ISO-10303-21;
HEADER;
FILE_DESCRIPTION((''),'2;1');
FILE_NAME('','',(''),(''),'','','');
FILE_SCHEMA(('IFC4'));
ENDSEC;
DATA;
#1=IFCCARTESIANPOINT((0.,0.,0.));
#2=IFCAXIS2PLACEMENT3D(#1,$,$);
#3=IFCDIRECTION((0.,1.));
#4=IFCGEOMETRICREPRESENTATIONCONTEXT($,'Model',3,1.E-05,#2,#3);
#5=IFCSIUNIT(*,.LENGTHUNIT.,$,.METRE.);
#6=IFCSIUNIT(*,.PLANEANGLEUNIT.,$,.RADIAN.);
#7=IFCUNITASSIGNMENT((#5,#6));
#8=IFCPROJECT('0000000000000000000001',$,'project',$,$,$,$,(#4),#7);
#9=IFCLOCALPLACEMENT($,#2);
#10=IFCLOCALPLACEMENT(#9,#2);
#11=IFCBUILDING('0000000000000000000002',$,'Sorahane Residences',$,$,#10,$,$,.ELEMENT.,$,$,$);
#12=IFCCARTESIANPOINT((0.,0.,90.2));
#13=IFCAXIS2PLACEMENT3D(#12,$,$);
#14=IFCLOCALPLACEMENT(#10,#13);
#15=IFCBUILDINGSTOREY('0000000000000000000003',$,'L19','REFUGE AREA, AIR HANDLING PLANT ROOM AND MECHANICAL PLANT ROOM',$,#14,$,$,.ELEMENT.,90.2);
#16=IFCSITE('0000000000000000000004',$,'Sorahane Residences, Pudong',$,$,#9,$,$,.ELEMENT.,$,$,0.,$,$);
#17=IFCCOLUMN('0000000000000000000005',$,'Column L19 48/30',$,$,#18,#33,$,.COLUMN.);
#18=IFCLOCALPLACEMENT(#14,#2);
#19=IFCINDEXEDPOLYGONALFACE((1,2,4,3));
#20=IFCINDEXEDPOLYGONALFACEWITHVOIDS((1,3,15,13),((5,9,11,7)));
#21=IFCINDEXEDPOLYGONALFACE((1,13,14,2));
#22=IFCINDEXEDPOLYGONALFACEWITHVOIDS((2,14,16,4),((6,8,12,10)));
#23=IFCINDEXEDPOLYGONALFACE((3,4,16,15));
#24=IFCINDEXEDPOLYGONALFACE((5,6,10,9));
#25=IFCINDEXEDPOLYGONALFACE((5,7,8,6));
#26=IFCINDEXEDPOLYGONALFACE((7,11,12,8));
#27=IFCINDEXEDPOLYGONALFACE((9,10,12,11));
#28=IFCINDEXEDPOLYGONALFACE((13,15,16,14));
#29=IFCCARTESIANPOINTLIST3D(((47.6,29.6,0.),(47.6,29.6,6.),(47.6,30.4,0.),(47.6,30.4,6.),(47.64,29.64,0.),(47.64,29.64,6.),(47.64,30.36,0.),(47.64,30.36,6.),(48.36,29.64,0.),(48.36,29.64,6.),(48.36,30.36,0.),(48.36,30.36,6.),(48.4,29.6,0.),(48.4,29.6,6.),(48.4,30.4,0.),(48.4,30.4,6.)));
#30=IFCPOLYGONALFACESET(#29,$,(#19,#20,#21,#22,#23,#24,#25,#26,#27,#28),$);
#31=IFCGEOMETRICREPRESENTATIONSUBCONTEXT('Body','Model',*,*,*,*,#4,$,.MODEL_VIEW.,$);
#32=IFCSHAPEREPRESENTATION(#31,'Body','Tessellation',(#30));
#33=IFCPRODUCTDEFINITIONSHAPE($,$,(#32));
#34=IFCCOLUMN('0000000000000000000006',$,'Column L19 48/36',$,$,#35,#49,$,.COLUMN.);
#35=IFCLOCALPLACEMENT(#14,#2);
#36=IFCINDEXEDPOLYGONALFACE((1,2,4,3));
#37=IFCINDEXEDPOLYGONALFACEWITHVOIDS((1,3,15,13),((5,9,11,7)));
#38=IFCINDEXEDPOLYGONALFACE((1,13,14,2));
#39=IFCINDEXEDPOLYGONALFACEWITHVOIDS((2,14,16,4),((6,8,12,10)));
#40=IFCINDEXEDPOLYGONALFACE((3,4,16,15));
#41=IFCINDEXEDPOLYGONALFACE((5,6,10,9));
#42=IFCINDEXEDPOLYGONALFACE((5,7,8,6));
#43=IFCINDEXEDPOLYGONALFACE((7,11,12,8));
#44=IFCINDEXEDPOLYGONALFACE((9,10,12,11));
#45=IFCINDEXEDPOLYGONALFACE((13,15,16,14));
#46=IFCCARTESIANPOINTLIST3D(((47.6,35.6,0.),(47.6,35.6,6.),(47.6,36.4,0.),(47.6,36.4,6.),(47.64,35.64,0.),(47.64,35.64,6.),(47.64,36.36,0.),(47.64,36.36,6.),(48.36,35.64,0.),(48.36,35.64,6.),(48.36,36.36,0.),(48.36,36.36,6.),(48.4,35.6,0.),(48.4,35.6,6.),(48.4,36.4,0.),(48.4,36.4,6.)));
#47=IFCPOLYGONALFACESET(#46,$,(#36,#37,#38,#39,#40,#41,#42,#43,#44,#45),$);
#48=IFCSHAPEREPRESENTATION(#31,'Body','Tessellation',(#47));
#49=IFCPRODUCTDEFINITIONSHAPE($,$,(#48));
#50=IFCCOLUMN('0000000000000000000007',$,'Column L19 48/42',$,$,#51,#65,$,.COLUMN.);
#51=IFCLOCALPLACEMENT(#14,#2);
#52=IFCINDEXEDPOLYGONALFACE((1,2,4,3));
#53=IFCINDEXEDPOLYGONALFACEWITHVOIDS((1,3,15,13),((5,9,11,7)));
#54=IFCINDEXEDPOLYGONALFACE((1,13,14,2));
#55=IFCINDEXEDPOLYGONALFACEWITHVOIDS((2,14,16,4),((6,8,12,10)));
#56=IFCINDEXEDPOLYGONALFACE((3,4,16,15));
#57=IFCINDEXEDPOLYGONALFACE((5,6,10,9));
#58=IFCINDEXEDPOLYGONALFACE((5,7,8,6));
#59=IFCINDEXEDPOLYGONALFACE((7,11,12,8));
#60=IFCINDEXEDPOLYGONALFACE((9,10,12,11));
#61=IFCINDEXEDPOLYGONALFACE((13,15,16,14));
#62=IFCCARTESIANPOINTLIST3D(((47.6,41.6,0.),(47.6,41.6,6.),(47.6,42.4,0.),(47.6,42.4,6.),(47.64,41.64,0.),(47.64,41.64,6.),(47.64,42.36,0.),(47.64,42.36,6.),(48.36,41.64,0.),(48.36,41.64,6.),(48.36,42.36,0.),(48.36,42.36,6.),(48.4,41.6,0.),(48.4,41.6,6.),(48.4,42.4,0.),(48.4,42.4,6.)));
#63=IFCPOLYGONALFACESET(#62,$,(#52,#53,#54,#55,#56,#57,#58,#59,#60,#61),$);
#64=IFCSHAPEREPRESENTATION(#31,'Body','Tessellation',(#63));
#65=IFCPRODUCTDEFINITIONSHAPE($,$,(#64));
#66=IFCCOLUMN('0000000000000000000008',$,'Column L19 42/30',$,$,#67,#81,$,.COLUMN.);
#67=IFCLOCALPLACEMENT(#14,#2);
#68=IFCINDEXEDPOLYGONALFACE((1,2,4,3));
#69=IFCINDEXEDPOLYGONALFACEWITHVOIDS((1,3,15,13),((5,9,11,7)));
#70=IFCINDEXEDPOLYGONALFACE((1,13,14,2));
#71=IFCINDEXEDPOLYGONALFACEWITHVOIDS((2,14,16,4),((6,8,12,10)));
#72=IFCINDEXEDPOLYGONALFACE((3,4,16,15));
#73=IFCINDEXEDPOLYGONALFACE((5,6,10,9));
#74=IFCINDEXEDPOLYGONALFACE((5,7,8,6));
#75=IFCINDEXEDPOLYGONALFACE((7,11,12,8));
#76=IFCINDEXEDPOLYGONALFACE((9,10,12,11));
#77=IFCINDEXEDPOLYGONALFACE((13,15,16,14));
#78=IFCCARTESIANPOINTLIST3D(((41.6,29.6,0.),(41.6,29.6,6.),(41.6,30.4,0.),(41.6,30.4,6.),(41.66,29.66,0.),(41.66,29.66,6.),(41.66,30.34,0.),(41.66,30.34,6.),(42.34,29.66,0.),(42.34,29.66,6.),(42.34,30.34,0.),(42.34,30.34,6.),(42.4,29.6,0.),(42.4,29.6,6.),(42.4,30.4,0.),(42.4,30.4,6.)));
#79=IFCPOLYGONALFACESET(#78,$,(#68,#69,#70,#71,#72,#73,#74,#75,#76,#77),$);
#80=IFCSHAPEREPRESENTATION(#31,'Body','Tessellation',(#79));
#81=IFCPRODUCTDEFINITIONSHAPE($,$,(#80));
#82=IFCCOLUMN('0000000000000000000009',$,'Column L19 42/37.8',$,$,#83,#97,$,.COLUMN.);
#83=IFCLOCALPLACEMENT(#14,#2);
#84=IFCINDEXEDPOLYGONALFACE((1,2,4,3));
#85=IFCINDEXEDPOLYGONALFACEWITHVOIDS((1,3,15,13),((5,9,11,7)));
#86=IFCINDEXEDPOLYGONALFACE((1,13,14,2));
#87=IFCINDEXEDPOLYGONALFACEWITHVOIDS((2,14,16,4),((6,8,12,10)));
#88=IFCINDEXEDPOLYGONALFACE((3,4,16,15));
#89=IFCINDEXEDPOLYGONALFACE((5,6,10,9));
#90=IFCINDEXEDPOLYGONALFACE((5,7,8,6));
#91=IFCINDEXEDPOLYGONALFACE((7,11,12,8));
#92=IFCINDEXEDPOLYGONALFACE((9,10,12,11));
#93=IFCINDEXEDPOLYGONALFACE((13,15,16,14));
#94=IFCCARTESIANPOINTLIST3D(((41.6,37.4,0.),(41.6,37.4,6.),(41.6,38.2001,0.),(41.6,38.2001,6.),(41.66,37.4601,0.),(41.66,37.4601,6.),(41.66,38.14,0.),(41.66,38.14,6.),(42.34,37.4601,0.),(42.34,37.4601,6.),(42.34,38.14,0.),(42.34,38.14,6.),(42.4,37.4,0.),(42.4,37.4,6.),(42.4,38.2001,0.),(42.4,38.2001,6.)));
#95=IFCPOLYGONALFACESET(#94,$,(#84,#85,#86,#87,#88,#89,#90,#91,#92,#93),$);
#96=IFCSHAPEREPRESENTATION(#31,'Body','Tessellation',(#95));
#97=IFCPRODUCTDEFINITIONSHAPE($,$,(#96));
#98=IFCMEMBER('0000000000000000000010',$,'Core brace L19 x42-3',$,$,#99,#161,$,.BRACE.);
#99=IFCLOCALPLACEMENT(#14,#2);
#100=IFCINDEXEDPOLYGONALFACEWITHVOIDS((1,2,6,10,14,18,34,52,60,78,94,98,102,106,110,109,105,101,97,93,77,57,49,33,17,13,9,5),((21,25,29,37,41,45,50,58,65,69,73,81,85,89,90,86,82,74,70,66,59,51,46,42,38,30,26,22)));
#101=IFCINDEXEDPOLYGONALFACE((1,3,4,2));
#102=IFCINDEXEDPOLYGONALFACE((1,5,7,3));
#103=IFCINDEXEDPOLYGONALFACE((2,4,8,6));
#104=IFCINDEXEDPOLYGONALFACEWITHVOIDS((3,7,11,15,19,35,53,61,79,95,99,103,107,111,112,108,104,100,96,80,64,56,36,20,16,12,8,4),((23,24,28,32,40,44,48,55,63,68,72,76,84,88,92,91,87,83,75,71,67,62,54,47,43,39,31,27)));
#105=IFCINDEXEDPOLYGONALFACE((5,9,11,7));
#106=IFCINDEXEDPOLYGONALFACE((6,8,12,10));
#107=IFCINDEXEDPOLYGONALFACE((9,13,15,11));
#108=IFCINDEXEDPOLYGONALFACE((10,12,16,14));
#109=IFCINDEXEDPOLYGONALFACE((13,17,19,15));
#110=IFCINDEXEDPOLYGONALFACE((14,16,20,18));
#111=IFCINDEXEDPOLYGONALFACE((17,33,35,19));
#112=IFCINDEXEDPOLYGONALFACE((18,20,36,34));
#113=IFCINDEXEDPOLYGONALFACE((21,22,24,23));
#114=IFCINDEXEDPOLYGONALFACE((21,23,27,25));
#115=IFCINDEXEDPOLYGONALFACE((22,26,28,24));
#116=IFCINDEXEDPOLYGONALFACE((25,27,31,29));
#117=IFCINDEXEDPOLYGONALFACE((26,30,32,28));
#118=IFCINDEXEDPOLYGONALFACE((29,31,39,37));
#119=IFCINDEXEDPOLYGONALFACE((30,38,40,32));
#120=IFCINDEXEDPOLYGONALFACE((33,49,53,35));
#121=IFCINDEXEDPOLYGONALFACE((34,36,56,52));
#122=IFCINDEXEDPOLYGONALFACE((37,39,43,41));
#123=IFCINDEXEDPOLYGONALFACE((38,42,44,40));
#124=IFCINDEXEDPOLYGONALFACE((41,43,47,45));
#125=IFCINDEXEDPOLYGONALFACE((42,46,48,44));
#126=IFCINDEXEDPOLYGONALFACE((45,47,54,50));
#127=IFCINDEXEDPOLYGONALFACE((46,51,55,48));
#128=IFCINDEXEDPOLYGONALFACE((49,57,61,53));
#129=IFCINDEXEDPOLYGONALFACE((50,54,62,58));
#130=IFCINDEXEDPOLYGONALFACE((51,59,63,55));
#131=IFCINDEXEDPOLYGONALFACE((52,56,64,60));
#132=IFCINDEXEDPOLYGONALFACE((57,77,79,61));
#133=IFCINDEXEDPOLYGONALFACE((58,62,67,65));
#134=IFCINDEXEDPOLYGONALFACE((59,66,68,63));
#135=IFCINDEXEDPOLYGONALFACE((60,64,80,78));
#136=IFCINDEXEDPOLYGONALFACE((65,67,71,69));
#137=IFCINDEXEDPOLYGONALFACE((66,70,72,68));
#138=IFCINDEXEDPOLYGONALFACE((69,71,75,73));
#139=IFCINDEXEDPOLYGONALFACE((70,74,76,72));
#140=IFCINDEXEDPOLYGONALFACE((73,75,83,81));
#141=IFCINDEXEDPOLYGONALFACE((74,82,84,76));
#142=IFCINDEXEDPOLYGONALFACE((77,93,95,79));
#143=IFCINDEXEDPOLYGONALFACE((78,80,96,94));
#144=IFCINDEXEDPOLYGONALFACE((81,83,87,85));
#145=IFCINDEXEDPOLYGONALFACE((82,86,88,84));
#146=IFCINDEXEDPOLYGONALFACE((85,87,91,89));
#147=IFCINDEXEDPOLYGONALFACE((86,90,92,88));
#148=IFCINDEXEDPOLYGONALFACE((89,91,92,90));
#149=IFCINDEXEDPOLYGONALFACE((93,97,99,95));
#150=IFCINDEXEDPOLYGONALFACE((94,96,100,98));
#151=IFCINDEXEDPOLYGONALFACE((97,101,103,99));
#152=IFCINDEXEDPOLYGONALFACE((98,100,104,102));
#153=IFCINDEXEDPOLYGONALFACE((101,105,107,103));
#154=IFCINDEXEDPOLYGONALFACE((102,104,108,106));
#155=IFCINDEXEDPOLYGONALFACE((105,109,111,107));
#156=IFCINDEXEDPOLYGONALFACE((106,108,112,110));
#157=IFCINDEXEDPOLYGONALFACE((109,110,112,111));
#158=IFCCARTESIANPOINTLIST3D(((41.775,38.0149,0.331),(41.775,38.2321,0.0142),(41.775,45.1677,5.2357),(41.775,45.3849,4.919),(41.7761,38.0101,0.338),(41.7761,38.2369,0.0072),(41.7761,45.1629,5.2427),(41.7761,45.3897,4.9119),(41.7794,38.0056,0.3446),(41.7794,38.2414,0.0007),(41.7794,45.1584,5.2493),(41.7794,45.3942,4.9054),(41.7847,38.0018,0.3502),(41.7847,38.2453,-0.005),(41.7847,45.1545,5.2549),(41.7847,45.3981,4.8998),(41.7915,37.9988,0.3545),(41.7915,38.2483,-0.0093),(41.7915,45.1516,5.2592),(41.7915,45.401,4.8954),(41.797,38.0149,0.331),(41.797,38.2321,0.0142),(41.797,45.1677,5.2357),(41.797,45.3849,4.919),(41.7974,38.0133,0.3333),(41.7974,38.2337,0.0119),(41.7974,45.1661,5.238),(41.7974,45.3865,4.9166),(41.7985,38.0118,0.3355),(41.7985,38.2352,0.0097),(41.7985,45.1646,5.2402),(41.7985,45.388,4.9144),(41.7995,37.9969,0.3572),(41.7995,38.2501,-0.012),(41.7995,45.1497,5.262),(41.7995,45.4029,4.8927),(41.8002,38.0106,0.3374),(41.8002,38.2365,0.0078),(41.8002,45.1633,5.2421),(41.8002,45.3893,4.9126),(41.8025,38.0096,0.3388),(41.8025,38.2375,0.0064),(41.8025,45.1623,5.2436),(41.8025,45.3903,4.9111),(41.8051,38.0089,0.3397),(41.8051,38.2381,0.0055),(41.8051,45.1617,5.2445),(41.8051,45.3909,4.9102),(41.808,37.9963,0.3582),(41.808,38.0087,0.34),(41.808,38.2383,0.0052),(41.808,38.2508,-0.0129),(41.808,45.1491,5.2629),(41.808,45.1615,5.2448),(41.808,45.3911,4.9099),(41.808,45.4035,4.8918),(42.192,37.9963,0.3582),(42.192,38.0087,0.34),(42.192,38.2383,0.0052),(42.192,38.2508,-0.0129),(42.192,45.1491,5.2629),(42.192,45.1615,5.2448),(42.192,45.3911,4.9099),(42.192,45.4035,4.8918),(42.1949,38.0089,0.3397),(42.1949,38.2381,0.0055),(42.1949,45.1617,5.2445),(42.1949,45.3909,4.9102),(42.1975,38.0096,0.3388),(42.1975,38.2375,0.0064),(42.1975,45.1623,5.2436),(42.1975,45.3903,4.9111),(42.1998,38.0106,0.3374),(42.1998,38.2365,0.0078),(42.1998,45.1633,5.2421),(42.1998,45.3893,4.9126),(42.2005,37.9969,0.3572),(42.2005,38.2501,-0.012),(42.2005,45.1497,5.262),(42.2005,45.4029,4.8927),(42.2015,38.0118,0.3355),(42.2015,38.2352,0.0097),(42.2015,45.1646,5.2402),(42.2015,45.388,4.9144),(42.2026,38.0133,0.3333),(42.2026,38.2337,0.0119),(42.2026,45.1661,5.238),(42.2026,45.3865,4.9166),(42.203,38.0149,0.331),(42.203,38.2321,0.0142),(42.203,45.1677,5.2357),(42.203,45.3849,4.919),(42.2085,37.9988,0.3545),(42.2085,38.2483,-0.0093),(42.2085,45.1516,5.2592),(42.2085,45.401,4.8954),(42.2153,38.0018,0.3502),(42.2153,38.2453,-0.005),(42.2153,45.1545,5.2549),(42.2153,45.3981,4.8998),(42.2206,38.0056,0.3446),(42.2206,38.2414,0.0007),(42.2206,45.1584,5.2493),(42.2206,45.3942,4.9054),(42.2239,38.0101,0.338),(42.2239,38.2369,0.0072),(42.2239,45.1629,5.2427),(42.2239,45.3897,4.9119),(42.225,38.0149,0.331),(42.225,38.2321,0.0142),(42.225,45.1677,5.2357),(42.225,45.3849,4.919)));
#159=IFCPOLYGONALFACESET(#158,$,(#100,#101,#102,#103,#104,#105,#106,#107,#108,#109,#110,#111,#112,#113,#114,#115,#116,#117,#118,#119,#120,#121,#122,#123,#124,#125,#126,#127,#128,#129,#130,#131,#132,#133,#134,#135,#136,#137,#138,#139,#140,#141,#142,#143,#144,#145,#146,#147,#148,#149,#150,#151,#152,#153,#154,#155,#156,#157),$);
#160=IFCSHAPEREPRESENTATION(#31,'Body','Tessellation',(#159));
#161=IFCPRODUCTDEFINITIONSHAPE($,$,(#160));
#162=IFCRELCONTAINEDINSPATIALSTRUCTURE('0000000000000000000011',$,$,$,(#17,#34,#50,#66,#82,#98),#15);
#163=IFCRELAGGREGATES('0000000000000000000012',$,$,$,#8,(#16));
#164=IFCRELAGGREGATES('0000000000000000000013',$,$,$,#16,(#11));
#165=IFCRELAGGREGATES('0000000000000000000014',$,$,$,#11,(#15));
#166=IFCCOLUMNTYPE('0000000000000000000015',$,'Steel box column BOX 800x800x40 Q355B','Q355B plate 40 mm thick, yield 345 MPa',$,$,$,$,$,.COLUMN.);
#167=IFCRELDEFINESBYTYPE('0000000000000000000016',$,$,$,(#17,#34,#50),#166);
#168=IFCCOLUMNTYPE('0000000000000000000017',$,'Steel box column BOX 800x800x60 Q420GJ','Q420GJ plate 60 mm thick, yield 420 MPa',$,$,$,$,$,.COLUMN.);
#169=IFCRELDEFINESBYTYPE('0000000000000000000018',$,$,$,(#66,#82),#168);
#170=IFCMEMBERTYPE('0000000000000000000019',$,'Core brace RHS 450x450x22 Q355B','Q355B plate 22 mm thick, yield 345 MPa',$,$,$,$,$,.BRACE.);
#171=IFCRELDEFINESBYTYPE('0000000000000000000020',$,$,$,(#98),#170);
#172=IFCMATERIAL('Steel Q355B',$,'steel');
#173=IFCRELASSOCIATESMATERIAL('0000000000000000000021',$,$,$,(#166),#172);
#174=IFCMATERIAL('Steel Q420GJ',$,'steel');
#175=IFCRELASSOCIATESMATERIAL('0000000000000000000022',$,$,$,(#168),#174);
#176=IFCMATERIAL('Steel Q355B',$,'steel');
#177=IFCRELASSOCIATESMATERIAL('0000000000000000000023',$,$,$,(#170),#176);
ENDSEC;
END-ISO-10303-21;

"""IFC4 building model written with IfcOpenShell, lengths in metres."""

from ifc_helpers import new_model, si_unit, direction, frame, origin, origin_2d, place, context, subcontext, project, spatial, hollow_rectangle, extrude, material, material_profile, profile_set, type_object, element, save


model = new_model("IFC4")

# Units and contexts
model_context = context("Model", 3, precision=1e-05, world=origin(), true_north=direction((0.0, 1.0)))
body_context = subcontext(model_context, "Body", "Model", "MODEL_VIEW")
ifc_project = project(units=[si_unit("LENGTHUNIT", "METRE"), si_unit("PLANEANGLEUNIT", "RADIAN")], contexts=[model_context])

# Site, building, storey
site_placement = place(None, origin())
site = spatial("IfcSite", under=ifc_project, at=site_placement, Name="Sorahane Residences, Pudong", CompositionType="ELEMENT", RefElevation=0.0)
building_placement = place(site_placement, origin())
building = spatial("IfcBuilding", under=site, at=building_placement, Name="Sorahane Residences", CompositionType="ELEMENT")
storey_placement = place(building_placement, frame((0.0, 0.0, 90.2)))
storey = spatial("IfcBuildingStorey", under=building, at=storey_placement, Name="L19", Description="REFUGE AREA, AIR HANDLING PLANT ROOM AND MECHANICAL PLANT ROOM", CompositionType="ELEMENT", Elevation=90.2)

# Columns
ifc_material_1 = material(Name="Steel Q355B", Category="steel")
ifc_material_profile_1 = material_profile(ifc_material_1, hollow_rectangle(XDim=0.8, YDim=0.8, WallThickness=0.04, at=origin_2d()), Name="BOX 800x800x40")
ifc_profile_set_1 = profile_set([ifc_material_profile_1], Name="Steel Q355B")
column_type_1 = type_object("IfcColumnType", Name="Steel box column BOX 800x800x40 Q355B", Description="Q355B plate 40 mm thick, yield 345 MPa", PredefinedType="COLUMN", material=ifc_profile_set_1)
for number, where, z_axis, x_axis, name in (
    (1, (48.0, 30.0, 0.0), (0.0, 0.0, 1.0), (1.0, 0.0, 0.0), "Column L19 48/30"),
    (2, (48.0, 36.0, 0.0), (0.0, 0.0, 1.0), (1.0, 0.0, 0.0), "Column L19 48/36"),
    (3, (48.0, 42.0, 0.0), (0.0, 0.0, 1.0), (1.0, 0.0, 0.0), "Column L19 48/42"),
):
    element("IfcColumn", number, at=place(storey_placement, frame(where, z_axis=z_axis, x_axis=x_axis)), inside=storey, type_object=column_type_1, Name=name, PredefinedType="COLUMN", context=body_context, shape_type="SweptSolid", body=[
        extrude(hollow_rectangle(XDim=0.8, YDim=0.8, WallThickness=0.04, at=origin_2d()), origin(), (0.0, 0.0, 1.0), 6.0),
    ])
ifc_material_2 = material(Name="Steel Q420GJ", Category="steel")
ifc_material_profile_2 = material_profile(ifc_material_2, hollow_rectangle(XDim=0.8, YDim=0.8, WallThickness=0.0601, at=origin_2d()), Name="BOX 800x800x60")
ifc_profile_set_2 = profile_set([ifc_material_profile_2], Name="Steel Q420GJ")
column_type_2 = type_object("IfcColumnType", Name="Steel box column BOX 800x800x60 Q420GJ", Description="Q420GJ plate 60 mm thick, yield 420 MPa", PredefinedType="COLUMN", material=ifc_profile_set_2)
for number, where, z_axis, x_axis, name in (
    (4, (42.0, 30.0, 0.0), (0.0, 0.0, 1.0), (1.0, 0.0, 0.0), "Column L19 42/30"),
    (5, (42.0, 37.8, 0.0), (0.0, 0.0, 1.0), (1.0, 0.0, 0.0), "Column L19 42/37.8"),
):
    element("IfcColumn", number, at=place(storey_placement, frame(where, z_axis=z_axis, x_axis=x_axis)), inside=storey, type_object=column_type_2, Name=name, PredefinedType="COLUMN", context=body_context, shape_type="SweptSolid", body=[
        extrude(hollow_rectangle(XDim=0.8, YDim=0.8, WallThickness=0.0601, at=origin_2d()), origin(), (0.0, 0.0, 1.0), 6.0),
    ])

# Member
ifc_material_3 = material(Name="Steel Q355B", Category="steel")
ifc_material_profile_3 = material_profile(ifc_material_3, hollow_rectangle(XDim=0.45, YDim=0.45, WallThickness=0.022, InnerFilletRadius=0.011, OuterFilletRadius=0.033, at=origin_2d()), Name="RHS 450x450x22")
ifc_profile_set_3 = profile_set([ifc_material_profile_3], Name="Steel Q355B")
member_type = type_object("IfcMemberType", Name="Core brace RHS 450x450x22 Q355B", Description="Q355B plate 22 mm thick, yield 345 MPa", PredefinedType="BRACE", material=ifc_profile_set_3)
member_placement = place(storey_placement, frame((42.0, 38.1235, 0.1726), z_axis=(0.0, 0.82473, 0.565527), x_axis=(-1.0, 0.0, 0.0)))
element("IfcMember", 6, at=member_placement, inside=storey, type_object=member_type, Name="Core brace L19 x42-3", PredefinedType="BRACE", context=body_context, shape_type="SweptSolid", body=[
    extrude(hollow_rectangle(XDim=0.45, YDim=0.45, WallThickness=0.022, InnerFilletRadius=0.011, OuterFilletRadius=0.033, at=origin_2d()), origin(), (0.0, 0.0, 1.0), 8.6729),
])

save(model, "model.ifc")
